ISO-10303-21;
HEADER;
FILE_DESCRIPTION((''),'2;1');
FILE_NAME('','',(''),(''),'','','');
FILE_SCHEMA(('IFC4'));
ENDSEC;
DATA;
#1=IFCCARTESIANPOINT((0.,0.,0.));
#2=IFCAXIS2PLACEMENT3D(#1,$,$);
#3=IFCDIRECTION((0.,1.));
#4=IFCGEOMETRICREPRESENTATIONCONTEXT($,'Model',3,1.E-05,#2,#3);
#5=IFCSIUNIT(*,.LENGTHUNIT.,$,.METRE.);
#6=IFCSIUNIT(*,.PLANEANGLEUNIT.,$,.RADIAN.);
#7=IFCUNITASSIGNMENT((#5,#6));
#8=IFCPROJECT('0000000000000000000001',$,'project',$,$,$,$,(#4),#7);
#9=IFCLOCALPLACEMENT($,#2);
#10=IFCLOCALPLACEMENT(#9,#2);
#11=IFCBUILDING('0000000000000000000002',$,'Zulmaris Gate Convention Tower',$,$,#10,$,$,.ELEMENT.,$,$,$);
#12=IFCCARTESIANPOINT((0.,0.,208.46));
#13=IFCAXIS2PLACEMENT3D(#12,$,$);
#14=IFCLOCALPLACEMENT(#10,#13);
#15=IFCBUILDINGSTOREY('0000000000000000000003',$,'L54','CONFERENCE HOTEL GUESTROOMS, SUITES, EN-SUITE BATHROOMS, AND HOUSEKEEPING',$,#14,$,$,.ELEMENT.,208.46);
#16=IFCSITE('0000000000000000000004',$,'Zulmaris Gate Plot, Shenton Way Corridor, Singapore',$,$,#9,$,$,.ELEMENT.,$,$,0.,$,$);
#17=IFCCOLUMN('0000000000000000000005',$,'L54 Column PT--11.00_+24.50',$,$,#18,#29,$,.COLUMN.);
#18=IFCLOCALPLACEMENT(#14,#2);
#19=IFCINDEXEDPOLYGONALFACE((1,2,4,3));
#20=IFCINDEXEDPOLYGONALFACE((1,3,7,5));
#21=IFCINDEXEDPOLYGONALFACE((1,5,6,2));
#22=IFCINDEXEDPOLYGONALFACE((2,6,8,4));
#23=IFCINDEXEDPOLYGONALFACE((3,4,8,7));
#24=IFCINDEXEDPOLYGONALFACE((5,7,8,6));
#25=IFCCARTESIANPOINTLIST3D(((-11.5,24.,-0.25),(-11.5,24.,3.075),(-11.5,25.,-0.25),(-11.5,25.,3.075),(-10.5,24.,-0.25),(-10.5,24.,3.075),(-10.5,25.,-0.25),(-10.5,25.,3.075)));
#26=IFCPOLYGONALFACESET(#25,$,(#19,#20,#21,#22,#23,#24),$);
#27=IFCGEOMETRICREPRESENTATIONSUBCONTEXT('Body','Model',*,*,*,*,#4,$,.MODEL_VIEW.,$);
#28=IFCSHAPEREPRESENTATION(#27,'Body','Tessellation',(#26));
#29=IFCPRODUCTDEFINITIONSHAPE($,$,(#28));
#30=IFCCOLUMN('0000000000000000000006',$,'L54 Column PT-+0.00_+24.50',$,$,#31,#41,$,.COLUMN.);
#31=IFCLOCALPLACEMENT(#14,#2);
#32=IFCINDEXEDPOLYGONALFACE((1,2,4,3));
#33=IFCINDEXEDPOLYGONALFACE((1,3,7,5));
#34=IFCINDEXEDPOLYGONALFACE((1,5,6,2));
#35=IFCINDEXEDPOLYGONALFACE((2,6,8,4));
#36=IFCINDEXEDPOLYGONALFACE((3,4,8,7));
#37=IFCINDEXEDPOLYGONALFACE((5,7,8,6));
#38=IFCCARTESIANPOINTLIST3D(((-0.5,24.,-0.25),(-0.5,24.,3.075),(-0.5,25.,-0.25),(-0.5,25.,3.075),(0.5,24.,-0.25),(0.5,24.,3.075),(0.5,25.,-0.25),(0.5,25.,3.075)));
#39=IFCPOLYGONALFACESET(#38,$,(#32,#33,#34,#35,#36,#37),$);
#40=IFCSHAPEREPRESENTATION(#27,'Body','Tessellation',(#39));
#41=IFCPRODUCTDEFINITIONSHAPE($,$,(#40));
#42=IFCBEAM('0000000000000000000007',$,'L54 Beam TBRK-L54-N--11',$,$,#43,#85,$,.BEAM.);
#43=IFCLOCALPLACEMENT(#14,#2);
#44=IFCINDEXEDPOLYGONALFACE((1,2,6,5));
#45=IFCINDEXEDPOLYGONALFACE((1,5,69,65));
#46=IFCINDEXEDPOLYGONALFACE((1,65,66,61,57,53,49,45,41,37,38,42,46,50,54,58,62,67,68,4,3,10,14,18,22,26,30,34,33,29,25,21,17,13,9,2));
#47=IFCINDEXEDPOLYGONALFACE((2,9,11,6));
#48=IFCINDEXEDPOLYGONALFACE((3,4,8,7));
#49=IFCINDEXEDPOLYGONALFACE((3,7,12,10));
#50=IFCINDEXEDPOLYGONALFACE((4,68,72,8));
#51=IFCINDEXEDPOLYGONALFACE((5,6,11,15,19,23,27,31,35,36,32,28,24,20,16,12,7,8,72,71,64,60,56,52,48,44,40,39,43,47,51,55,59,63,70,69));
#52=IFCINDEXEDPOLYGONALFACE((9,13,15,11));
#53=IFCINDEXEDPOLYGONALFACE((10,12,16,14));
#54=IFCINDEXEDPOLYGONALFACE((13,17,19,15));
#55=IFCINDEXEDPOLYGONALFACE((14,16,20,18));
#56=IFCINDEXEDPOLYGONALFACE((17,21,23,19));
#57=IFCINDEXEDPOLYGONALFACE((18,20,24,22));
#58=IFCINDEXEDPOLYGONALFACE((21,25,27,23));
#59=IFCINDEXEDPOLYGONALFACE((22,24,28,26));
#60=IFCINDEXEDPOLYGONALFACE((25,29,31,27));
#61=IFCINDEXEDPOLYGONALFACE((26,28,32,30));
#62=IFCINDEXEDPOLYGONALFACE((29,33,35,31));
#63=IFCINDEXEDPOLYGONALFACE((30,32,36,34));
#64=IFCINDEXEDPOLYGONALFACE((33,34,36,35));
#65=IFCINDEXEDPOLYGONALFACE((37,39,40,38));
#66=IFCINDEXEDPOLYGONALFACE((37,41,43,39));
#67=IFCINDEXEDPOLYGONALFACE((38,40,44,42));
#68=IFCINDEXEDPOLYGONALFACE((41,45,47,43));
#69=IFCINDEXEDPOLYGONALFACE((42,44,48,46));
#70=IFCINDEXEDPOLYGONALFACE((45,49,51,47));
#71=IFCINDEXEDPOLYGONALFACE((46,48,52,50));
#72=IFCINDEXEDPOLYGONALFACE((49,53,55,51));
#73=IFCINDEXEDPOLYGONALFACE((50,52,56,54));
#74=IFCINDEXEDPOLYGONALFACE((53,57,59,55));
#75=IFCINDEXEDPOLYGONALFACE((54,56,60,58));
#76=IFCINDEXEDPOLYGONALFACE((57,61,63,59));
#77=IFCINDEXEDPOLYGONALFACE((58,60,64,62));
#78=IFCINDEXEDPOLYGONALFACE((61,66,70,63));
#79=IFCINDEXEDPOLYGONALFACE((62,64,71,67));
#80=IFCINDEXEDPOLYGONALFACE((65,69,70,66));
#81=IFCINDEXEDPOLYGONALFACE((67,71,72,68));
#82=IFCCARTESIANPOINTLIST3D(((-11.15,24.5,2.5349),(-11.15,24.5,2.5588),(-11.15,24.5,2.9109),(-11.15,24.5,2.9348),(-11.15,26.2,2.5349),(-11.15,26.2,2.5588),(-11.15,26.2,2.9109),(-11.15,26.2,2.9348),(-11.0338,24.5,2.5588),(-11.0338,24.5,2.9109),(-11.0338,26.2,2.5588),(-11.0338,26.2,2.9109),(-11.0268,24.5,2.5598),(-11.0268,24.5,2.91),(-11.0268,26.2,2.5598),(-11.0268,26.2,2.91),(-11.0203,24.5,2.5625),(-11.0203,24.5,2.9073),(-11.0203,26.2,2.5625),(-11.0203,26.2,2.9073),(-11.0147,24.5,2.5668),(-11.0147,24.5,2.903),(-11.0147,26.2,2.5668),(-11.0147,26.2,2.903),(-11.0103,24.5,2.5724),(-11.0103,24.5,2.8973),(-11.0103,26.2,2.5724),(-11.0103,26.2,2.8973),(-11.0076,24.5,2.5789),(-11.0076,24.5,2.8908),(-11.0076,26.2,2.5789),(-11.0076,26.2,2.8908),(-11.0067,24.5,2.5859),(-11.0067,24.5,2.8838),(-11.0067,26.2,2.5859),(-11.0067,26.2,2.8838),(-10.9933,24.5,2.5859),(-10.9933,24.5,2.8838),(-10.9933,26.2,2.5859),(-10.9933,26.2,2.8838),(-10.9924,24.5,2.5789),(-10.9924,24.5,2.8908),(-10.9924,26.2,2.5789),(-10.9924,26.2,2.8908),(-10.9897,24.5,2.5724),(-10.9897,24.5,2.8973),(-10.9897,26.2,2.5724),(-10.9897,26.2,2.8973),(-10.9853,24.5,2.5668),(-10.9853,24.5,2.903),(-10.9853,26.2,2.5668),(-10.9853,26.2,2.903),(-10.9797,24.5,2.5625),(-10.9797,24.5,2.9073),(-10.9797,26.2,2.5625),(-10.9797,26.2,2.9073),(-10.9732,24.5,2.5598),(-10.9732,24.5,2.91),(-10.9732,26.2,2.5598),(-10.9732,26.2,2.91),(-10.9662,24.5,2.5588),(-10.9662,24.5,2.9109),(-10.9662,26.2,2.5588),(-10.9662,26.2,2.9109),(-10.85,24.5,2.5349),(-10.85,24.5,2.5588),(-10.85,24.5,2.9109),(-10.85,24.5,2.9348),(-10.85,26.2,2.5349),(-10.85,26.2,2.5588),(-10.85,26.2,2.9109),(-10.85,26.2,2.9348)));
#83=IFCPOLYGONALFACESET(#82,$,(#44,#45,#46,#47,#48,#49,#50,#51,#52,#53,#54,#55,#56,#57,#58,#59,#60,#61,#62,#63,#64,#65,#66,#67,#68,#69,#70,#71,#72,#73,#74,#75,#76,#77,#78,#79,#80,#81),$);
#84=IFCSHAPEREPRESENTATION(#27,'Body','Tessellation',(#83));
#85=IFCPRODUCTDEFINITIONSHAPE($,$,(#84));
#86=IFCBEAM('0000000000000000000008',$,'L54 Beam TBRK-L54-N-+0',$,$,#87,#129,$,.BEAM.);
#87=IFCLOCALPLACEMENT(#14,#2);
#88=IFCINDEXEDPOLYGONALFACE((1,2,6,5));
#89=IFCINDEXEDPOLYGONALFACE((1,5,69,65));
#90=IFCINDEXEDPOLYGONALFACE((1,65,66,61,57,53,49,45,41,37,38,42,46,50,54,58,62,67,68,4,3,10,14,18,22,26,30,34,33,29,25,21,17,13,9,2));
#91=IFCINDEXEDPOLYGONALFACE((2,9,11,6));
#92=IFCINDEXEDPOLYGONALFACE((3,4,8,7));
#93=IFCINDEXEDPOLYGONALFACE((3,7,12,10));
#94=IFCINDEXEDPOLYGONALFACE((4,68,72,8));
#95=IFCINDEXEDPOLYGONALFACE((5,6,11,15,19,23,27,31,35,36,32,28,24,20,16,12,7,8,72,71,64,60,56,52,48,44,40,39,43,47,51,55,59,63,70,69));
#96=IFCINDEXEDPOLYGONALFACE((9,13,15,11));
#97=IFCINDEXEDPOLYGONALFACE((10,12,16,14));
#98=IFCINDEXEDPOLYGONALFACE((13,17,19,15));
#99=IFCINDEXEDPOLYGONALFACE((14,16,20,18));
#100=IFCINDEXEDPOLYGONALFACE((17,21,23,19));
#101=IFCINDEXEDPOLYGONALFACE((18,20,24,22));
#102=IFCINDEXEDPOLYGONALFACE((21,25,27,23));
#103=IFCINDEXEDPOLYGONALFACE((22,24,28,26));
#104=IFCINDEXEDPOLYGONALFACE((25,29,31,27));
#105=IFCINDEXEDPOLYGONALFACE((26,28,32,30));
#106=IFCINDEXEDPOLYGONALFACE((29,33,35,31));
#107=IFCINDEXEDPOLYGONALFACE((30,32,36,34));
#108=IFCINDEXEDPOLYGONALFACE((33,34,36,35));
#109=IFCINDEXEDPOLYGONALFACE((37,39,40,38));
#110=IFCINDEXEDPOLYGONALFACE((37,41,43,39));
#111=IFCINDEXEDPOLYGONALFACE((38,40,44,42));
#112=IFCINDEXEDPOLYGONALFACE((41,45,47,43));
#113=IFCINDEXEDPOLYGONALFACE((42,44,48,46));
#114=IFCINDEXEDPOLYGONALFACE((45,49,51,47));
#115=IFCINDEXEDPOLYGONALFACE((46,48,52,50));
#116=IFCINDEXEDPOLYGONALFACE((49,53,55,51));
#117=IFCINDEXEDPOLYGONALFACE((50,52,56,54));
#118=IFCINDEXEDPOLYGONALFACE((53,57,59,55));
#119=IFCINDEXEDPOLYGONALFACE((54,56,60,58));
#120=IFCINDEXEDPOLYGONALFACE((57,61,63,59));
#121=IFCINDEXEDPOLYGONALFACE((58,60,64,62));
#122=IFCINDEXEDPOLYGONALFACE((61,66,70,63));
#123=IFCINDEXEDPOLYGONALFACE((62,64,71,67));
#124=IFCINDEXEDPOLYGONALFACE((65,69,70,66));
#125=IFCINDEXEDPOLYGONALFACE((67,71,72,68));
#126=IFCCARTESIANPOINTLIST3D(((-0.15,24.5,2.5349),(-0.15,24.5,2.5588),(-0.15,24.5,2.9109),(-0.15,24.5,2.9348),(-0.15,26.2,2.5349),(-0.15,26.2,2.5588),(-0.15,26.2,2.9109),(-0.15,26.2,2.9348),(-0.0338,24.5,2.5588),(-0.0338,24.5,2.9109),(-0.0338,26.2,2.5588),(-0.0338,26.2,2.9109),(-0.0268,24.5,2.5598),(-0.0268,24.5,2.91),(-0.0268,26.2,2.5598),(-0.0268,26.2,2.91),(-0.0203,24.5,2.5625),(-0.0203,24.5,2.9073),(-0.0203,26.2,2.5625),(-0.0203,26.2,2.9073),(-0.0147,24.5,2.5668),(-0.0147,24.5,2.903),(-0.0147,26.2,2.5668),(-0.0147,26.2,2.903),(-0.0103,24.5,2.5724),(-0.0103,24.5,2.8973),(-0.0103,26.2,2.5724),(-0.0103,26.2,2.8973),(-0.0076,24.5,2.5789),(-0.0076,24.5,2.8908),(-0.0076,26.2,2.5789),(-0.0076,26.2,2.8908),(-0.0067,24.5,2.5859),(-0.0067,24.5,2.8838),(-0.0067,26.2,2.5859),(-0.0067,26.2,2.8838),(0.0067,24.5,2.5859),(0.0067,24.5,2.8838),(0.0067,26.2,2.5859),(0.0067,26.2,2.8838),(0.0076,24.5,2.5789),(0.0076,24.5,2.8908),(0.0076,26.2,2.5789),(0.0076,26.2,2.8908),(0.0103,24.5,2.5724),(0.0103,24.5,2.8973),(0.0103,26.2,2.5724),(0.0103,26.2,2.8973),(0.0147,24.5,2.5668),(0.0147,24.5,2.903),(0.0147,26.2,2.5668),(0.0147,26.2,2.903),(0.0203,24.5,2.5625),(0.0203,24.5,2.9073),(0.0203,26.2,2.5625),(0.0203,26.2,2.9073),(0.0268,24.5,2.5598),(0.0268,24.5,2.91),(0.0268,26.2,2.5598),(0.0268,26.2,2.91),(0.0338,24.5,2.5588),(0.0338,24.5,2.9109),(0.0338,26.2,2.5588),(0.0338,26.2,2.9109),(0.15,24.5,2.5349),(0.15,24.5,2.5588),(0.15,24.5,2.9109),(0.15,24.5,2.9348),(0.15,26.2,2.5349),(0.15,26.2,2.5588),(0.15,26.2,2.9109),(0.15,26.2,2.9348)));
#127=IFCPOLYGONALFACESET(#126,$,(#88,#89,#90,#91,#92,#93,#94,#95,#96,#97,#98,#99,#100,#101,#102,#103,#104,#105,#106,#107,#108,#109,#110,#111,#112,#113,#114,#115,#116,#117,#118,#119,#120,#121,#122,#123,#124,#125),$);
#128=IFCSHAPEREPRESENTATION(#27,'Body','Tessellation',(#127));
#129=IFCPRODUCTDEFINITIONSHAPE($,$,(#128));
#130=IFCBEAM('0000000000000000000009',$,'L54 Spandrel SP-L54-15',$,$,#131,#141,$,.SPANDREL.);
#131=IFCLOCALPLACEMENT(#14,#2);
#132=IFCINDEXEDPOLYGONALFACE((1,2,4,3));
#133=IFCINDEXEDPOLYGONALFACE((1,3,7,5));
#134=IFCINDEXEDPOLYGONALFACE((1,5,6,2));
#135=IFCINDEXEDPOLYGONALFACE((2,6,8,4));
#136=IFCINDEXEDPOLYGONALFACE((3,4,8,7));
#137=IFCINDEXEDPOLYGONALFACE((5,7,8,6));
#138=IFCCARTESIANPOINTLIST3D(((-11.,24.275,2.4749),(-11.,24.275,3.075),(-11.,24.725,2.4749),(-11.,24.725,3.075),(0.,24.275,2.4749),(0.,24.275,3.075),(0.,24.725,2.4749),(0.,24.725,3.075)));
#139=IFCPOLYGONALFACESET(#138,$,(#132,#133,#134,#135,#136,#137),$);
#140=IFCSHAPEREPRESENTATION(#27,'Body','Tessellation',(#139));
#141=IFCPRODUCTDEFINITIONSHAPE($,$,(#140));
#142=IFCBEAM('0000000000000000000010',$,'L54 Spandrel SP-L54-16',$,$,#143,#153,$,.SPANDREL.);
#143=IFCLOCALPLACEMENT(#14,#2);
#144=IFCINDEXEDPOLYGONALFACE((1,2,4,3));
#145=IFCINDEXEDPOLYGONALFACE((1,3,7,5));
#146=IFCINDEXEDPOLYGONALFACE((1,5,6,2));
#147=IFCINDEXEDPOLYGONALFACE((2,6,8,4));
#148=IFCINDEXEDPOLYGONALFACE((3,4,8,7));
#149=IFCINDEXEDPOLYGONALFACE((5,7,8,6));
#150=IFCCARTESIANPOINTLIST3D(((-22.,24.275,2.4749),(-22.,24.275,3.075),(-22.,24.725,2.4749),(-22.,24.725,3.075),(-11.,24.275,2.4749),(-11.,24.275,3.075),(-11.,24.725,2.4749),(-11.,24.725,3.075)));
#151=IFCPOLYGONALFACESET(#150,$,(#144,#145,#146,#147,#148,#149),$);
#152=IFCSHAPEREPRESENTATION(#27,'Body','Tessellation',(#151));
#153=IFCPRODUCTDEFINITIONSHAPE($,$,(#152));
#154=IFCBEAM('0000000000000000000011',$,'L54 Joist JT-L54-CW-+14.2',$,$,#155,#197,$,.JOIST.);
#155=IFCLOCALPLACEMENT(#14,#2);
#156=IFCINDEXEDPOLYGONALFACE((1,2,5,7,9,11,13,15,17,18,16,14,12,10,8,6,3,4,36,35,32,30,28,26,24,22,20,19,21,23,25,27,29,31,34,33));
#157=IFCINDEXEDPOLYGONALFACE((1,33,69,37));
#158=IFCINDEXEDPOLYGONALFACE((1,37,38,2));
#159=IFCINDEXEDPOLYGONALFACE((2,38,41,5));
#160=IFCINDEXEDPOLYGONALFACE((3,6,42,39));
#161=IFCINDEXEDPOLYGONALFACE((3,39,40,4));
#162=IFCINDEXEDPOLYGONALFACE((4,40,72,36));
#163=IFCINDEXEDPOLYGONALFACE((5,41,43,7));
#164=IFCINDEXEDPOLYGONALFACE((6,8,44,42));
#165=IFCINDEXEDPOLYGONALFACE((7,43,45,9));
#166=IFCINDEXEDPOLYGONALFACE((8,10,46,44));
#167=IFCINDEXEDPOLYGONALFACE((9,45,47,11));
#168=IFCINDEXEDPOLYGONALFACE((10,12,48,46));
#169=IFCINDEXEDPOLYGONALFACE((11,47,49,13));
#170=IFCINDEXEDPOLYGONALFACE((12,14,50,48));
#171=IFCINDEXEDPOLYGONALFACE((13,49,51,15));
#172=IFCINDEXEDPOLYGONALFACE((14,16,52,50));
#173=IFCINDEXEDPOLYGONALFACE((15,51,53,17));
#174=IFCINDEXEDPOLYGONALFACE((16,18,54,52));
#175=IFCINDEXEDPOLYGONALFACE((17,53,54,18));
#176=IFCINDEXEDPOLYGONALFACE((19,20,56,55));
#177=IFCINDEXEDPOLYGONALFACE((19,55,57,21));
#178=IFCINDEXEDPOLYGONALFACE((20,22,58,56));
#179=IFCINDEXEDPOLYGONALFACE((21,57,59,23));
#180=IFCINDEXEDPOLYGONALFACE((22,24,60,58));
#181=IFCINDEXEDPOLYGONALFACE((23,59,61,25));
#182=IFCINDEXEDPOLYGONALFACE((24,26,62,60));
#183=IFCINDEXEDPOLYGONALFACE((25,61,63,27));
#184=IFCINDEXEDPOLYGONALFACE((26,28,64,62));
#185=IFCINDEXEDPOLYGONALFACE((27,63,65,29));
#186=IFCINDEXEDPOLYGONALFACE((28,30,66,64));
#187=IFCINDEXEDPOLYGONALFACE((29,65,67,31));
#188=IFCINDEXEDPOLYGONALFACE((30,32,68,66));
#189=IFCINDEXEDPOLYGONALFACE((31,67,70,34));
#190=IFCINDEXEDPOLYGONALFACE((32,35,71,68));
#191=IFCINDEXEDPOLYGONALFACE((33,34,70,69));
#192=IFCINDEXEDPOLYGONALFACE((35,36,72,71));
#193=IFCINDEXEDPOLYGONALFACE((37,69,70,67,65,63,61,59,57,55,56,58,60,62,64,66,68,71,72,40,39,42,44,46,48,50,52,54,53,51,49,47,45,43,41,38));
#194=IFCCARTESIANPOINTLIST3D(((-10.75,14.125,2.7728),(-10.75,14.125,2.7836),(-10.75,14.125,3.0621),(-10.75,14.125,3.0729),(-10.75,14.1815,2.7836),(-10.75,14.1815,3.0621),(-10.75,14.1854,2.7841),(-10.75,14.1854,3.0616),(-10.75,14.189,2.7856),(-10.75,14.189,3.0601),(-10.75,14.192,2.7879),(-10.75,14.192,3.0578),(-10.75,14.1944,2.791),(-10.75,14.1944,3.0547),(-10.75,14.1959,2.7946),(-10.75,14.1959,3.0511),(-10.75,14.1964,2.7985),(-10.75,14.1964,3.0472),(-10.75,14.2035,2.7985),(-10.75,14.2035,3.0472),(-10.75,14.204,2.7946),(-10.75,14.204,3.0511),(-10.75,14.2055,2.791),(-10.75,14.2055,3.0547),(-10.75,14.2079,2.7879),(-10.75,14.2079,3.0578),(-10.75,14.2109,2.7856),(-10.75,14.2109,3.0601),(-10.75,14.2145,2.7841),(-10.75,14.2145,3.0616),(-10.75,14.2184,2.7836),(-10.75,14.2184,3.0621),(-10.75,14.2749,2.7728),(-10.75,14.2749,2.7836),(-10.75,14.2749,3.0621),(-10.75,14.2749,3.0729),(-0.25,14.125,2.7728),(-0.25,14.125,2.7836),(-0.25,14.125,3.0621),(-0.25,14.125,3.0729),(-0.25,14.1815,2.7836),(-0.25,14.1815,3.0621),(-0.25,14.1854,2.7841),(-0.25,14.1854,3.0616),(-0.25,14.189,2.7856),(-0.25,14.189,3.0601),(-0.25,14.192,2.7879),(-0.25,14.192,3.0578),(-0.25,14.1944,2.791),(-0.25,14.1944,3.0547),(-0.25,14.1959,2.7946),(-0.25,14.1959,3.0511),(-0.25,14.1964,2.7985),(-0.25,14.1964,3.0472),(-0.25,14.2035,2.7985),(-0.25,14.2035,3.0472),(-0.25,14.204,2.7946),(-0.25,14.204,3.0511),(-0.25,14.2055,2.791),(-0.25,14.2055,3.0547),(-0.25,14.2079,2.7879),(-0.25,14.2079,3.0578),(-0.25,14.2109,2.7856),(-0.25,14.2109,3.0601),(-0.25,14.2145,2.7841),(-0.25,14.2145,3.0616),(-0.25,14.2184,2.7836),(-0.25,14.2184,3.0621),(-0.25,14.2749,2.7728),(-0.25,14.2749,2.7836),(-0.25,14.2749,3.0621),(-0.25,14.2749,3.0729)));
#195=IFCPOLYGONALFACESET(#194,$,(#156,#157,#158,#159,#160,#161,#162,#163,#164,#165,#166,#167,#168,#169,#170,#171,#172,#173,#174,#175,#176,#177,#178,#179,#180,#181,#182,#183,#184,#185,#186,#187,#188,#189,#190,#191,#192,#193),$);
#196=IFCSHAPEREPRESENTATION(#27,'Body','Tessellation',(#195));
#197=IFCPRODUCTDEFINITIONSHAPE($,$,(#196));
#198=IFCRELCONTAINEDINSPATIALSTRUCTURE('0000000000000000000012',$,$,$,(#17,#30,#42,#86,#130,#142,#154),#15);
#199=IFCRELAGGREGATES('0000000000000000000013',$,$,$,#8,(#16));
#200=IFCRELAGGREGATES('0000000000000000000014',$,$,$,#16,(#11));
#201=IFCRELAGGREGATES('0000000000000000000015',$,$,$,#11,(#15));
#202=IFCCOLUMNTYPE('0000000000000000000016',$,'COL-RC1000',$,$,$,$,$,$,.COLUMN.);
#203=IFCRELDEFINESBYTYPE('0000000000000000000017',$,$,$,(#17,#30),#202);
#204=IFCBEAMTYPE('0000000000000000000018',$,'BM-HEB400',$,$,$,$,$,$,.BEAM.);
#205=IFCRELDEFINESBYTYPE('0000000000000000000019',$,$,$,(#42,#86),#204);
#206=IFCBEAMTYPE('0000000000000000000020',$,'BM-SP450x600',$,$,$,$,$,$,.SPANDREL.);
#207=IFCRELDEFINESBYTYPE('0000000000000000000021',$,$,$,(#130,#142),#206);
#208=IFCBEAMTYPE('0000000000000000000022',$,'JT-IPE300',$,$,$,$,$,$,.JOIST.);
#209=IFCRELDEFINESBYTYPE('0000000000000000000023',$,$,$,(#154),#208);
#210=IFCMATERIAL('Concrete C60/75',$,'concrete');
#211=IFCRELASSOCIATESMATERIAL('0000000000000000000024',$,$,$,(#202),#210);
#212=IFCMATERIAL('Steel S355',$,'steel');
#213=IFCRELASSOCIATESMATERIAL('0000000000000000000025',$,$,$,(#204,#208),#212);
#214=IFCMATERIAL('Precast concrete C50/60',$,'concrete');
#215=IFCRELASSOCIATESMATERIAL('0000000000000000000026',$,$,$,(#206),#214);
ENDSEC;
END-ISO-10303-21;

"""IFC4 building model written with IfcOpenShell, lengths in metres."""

from ifc_helpers import new_model, si_unit, direction, frame, origin, origin_2d, place, context, subcontext, project, spatial, rectangle, i_section, extrude, material, material_profile, profile_set, type_object, element, save


model = new_model("IFC4")

# Units and contexts
model_context = context("Model", 3, precision=1e-05, world=origin(), true_north=direction((0.0, 1.0)))
body_context = subcontext(model_context, "Body", "Model", "MODEL_VIEW")
ifc_project = project(units=[si_unit("LENGTHUNIT", "METRE"), si_unit("PLANEANGLEUNIT", "RADIAN")], contexts=[model_context])

# Site, building, storey
site_placement = place(None, origin())
site = spatial("IfcSite", under=ifc_project, at=site_placement, Name="Zulmaris Gate Plot, Shenton Way Corridor, Singapore", CompositionType="ELEMENT", RefElevation=0.0)
building_placement = place(site_placement, origin())
building = spatial("IfcBuilding", under=site, at=building_placement, Name="Zulmaris Gate Convention Tower", CompositionType="ELEMENT")
storey_placement = place(building_placement, frame((0.0, 0.0, 208.46)))
storey = spatial("IfcBuildingStorey", under=building, at=storey_placement, Name="L54", Description="CONFERENCE HOTEL GUESTROOMS, SUITES, EN-SUITE BATHROOMS, AND HOUSEKEEPING", CompositionType="ELEMENT", Elevation=208.46)

# Columns
ifc_material_1 = material(Name="Concrete C60/75", Category="concrete")
ifc_material_profile_1 = material_profile(ifc_material_1, rectangle(XDim=1.0, YDim=1.0, at=origin_2d()), Name="RC COL 1000x1000")
ifc_profile_set_1 = profile_set([ifc_material_profile_1], Name="Concrete C60/75")
column_type = type_object("IfcColumnType", Name="COL-RC1000", PredefinedType="COLUMN", material=ifc_profile_set_1)
for number, where, z_axis, x_axis, name in (
    (1, (-11.0, 24.5, -0.25), (0.0, 0.0, 1.0), (1.0, 0.0, 0.0), "L54 Column PT--11.00_+24.50"),
    (2, (0.0, 24.5, -0.25), (0.0, 0.0, 1.0), (1.0, 0.0, 0.0), "L54 Column PT-+0.00_+24.50"),
):
    element("IfcColumn", number, at=place(storey_placement, frame(where, z_axis=z_axis, x_axis=x_axis)), inside=storey, type_object=column_type, Name=name, PredefinedType="COLUMN", context=body_context, shape_type="SweptSolid", body=[
        extrude(rectangle(XDim=1.0, YDim=1.0, at=origin_2d()), origin(), (0.0, 0.0, 1.0), 3.325),
    ])

# Beams
ifc_material_2 = material(Name="Steel S355", Category="steel")
ifc_material_profile_2 = material_profile(ifc_material_2, i_section(OverallWidth=0.3, OverallDepth=0.3999, WebThickness=0.0134, FlangeThickness=0.0239, FilletRadius=0.0271, at=origin_2d()), Name="HEB 400")
ifc_profile_set_2 = profile_set([ifc_material_profile_2], Name="Steel S355")
beam_type_1 = type_object("IfcBeamType", Name="BM-HEB400", PredefinedType="BEAM", material=ifc_profile_set_2)
for number, where, z_axis, x_axis, name in (
    (3, (-11.0, 24.5, 2.7349), (0.0, 1.0, 0.0), (-1.0, 0.0, 0.0), "L54 Beam TBRK-L54-N--11"),
    (4, (0.0, 24.5, 2.7349), (0.0, 1.0, 0.0), (-1.0, 0.0, 0.0), "L54 Beam TBRK-L54-N-+0"),
):
    element("IfcBeam", number, at=place(storey_placement, frame(where, z_axis=z_axis, x_axis=x_axis)), inside=storey, type_object=beam_type_1, Name=name, PredefinedType="BEAM", context=body_context, shape_type="SweptSolid", body=[
        extrude(i_section(OverallWidth=0.3, OverallDepth=0.3999, WebThickness=0.0134, FlangeThickness=0.0239, FilletRadius=0.0271, at=origin_2d()), origin(), (0.0, 0.0, 1.0), 1.7),
    ])
ifc_material_3 = material(Name="Precast concrete C50/60", Category="concrete")
ifc_material_profile_3 = material_profile(ifc_material_3, rectangle(XDim=0.45, YDim=0.6001, at=origin_2d()), Name="RC SPANDREL 450x600")
ifc_profile_set_3 = profile_set([ifc_material_profile_3], Name="Precast concrete C50/60")
beam_type_2 = type_object("IfcBeamType", Name="BM-SP450x600", PredefinedType="SPANDREL", material=ifc_profile_set_3)
for number, where, z_axis, x_axis, name in (
    (5, (0.0, 24.5, 2.7749), (-1.0, 0.0, 0.0), (0.0, -1.0, 0.0), "L54 Spandrel SP-L54-15"),
    (6, (-11.0, 24.5, 2.7749), (-1.0, 0.0, 0.0), (0.0, -1.0, 0.0), "L54 Spandrel SP-L54-16"),
):
    element("IfcBeam", number, at=place(storey_placement, frame(where, z_axis=z_axis, x_axis=x_axis)), inside=storey, type_object=beam_type_2, Name=name, PredefinedType="SPANDREL", context=body_context, shape_type="SweptSolid", body=[
        extrude(rectangle(XDim=0.45, YDim=0.6001, at=origin_2d()), origin(), (0.0, 0.0, 1.0), 11.0),
    ])
ifc_material_profile_4 = material_profile(ifc_material_2, i_section(OverallWidth=0.1499, OverallDepth=0.3, WebThickness=0.0071, FlangeThickness=0.0107, FilletRadius=0.0149, at=origin_2d()), Name="IPE 300")
ifc_profile_set_4 = profile_set([ifc_material_profile_4], Name="Steel S355")
beam_type_3 = type_object("IfcBeamType", Name="JT-IPE300", PredefinedType="JOIST", material=ifc_profile_set_4)
for number, where, z_axis, x_axis, name in (
    (7, (-10.75, 14.2, 2.9229), (1.0, 0.0, 0.0), (0.0, 1.0, 0.0), "L54 Joist JT-L54-CW-+14.2"),
):
    element("IfcBeam", number, at=place(storey_placement, frame(where, z_axis=z_axis, x_axis=x_axis)), inside=storey, type_object=beam_type_3, Name=name, PredefinedType="JOIST", context=body_context, shape_type="SweptSolid", body=[
        extrude(i_section(OverallWidth=0.1499, OverallDepth=0.3, WebThickness=0.0071, FlangeThickness=0.0107, FilletRadius=0.0149, at=origin_2d()), origin(), (0.0, 0.0, 1.0), 10.5),
    ])

save(model, "model.ifc")
